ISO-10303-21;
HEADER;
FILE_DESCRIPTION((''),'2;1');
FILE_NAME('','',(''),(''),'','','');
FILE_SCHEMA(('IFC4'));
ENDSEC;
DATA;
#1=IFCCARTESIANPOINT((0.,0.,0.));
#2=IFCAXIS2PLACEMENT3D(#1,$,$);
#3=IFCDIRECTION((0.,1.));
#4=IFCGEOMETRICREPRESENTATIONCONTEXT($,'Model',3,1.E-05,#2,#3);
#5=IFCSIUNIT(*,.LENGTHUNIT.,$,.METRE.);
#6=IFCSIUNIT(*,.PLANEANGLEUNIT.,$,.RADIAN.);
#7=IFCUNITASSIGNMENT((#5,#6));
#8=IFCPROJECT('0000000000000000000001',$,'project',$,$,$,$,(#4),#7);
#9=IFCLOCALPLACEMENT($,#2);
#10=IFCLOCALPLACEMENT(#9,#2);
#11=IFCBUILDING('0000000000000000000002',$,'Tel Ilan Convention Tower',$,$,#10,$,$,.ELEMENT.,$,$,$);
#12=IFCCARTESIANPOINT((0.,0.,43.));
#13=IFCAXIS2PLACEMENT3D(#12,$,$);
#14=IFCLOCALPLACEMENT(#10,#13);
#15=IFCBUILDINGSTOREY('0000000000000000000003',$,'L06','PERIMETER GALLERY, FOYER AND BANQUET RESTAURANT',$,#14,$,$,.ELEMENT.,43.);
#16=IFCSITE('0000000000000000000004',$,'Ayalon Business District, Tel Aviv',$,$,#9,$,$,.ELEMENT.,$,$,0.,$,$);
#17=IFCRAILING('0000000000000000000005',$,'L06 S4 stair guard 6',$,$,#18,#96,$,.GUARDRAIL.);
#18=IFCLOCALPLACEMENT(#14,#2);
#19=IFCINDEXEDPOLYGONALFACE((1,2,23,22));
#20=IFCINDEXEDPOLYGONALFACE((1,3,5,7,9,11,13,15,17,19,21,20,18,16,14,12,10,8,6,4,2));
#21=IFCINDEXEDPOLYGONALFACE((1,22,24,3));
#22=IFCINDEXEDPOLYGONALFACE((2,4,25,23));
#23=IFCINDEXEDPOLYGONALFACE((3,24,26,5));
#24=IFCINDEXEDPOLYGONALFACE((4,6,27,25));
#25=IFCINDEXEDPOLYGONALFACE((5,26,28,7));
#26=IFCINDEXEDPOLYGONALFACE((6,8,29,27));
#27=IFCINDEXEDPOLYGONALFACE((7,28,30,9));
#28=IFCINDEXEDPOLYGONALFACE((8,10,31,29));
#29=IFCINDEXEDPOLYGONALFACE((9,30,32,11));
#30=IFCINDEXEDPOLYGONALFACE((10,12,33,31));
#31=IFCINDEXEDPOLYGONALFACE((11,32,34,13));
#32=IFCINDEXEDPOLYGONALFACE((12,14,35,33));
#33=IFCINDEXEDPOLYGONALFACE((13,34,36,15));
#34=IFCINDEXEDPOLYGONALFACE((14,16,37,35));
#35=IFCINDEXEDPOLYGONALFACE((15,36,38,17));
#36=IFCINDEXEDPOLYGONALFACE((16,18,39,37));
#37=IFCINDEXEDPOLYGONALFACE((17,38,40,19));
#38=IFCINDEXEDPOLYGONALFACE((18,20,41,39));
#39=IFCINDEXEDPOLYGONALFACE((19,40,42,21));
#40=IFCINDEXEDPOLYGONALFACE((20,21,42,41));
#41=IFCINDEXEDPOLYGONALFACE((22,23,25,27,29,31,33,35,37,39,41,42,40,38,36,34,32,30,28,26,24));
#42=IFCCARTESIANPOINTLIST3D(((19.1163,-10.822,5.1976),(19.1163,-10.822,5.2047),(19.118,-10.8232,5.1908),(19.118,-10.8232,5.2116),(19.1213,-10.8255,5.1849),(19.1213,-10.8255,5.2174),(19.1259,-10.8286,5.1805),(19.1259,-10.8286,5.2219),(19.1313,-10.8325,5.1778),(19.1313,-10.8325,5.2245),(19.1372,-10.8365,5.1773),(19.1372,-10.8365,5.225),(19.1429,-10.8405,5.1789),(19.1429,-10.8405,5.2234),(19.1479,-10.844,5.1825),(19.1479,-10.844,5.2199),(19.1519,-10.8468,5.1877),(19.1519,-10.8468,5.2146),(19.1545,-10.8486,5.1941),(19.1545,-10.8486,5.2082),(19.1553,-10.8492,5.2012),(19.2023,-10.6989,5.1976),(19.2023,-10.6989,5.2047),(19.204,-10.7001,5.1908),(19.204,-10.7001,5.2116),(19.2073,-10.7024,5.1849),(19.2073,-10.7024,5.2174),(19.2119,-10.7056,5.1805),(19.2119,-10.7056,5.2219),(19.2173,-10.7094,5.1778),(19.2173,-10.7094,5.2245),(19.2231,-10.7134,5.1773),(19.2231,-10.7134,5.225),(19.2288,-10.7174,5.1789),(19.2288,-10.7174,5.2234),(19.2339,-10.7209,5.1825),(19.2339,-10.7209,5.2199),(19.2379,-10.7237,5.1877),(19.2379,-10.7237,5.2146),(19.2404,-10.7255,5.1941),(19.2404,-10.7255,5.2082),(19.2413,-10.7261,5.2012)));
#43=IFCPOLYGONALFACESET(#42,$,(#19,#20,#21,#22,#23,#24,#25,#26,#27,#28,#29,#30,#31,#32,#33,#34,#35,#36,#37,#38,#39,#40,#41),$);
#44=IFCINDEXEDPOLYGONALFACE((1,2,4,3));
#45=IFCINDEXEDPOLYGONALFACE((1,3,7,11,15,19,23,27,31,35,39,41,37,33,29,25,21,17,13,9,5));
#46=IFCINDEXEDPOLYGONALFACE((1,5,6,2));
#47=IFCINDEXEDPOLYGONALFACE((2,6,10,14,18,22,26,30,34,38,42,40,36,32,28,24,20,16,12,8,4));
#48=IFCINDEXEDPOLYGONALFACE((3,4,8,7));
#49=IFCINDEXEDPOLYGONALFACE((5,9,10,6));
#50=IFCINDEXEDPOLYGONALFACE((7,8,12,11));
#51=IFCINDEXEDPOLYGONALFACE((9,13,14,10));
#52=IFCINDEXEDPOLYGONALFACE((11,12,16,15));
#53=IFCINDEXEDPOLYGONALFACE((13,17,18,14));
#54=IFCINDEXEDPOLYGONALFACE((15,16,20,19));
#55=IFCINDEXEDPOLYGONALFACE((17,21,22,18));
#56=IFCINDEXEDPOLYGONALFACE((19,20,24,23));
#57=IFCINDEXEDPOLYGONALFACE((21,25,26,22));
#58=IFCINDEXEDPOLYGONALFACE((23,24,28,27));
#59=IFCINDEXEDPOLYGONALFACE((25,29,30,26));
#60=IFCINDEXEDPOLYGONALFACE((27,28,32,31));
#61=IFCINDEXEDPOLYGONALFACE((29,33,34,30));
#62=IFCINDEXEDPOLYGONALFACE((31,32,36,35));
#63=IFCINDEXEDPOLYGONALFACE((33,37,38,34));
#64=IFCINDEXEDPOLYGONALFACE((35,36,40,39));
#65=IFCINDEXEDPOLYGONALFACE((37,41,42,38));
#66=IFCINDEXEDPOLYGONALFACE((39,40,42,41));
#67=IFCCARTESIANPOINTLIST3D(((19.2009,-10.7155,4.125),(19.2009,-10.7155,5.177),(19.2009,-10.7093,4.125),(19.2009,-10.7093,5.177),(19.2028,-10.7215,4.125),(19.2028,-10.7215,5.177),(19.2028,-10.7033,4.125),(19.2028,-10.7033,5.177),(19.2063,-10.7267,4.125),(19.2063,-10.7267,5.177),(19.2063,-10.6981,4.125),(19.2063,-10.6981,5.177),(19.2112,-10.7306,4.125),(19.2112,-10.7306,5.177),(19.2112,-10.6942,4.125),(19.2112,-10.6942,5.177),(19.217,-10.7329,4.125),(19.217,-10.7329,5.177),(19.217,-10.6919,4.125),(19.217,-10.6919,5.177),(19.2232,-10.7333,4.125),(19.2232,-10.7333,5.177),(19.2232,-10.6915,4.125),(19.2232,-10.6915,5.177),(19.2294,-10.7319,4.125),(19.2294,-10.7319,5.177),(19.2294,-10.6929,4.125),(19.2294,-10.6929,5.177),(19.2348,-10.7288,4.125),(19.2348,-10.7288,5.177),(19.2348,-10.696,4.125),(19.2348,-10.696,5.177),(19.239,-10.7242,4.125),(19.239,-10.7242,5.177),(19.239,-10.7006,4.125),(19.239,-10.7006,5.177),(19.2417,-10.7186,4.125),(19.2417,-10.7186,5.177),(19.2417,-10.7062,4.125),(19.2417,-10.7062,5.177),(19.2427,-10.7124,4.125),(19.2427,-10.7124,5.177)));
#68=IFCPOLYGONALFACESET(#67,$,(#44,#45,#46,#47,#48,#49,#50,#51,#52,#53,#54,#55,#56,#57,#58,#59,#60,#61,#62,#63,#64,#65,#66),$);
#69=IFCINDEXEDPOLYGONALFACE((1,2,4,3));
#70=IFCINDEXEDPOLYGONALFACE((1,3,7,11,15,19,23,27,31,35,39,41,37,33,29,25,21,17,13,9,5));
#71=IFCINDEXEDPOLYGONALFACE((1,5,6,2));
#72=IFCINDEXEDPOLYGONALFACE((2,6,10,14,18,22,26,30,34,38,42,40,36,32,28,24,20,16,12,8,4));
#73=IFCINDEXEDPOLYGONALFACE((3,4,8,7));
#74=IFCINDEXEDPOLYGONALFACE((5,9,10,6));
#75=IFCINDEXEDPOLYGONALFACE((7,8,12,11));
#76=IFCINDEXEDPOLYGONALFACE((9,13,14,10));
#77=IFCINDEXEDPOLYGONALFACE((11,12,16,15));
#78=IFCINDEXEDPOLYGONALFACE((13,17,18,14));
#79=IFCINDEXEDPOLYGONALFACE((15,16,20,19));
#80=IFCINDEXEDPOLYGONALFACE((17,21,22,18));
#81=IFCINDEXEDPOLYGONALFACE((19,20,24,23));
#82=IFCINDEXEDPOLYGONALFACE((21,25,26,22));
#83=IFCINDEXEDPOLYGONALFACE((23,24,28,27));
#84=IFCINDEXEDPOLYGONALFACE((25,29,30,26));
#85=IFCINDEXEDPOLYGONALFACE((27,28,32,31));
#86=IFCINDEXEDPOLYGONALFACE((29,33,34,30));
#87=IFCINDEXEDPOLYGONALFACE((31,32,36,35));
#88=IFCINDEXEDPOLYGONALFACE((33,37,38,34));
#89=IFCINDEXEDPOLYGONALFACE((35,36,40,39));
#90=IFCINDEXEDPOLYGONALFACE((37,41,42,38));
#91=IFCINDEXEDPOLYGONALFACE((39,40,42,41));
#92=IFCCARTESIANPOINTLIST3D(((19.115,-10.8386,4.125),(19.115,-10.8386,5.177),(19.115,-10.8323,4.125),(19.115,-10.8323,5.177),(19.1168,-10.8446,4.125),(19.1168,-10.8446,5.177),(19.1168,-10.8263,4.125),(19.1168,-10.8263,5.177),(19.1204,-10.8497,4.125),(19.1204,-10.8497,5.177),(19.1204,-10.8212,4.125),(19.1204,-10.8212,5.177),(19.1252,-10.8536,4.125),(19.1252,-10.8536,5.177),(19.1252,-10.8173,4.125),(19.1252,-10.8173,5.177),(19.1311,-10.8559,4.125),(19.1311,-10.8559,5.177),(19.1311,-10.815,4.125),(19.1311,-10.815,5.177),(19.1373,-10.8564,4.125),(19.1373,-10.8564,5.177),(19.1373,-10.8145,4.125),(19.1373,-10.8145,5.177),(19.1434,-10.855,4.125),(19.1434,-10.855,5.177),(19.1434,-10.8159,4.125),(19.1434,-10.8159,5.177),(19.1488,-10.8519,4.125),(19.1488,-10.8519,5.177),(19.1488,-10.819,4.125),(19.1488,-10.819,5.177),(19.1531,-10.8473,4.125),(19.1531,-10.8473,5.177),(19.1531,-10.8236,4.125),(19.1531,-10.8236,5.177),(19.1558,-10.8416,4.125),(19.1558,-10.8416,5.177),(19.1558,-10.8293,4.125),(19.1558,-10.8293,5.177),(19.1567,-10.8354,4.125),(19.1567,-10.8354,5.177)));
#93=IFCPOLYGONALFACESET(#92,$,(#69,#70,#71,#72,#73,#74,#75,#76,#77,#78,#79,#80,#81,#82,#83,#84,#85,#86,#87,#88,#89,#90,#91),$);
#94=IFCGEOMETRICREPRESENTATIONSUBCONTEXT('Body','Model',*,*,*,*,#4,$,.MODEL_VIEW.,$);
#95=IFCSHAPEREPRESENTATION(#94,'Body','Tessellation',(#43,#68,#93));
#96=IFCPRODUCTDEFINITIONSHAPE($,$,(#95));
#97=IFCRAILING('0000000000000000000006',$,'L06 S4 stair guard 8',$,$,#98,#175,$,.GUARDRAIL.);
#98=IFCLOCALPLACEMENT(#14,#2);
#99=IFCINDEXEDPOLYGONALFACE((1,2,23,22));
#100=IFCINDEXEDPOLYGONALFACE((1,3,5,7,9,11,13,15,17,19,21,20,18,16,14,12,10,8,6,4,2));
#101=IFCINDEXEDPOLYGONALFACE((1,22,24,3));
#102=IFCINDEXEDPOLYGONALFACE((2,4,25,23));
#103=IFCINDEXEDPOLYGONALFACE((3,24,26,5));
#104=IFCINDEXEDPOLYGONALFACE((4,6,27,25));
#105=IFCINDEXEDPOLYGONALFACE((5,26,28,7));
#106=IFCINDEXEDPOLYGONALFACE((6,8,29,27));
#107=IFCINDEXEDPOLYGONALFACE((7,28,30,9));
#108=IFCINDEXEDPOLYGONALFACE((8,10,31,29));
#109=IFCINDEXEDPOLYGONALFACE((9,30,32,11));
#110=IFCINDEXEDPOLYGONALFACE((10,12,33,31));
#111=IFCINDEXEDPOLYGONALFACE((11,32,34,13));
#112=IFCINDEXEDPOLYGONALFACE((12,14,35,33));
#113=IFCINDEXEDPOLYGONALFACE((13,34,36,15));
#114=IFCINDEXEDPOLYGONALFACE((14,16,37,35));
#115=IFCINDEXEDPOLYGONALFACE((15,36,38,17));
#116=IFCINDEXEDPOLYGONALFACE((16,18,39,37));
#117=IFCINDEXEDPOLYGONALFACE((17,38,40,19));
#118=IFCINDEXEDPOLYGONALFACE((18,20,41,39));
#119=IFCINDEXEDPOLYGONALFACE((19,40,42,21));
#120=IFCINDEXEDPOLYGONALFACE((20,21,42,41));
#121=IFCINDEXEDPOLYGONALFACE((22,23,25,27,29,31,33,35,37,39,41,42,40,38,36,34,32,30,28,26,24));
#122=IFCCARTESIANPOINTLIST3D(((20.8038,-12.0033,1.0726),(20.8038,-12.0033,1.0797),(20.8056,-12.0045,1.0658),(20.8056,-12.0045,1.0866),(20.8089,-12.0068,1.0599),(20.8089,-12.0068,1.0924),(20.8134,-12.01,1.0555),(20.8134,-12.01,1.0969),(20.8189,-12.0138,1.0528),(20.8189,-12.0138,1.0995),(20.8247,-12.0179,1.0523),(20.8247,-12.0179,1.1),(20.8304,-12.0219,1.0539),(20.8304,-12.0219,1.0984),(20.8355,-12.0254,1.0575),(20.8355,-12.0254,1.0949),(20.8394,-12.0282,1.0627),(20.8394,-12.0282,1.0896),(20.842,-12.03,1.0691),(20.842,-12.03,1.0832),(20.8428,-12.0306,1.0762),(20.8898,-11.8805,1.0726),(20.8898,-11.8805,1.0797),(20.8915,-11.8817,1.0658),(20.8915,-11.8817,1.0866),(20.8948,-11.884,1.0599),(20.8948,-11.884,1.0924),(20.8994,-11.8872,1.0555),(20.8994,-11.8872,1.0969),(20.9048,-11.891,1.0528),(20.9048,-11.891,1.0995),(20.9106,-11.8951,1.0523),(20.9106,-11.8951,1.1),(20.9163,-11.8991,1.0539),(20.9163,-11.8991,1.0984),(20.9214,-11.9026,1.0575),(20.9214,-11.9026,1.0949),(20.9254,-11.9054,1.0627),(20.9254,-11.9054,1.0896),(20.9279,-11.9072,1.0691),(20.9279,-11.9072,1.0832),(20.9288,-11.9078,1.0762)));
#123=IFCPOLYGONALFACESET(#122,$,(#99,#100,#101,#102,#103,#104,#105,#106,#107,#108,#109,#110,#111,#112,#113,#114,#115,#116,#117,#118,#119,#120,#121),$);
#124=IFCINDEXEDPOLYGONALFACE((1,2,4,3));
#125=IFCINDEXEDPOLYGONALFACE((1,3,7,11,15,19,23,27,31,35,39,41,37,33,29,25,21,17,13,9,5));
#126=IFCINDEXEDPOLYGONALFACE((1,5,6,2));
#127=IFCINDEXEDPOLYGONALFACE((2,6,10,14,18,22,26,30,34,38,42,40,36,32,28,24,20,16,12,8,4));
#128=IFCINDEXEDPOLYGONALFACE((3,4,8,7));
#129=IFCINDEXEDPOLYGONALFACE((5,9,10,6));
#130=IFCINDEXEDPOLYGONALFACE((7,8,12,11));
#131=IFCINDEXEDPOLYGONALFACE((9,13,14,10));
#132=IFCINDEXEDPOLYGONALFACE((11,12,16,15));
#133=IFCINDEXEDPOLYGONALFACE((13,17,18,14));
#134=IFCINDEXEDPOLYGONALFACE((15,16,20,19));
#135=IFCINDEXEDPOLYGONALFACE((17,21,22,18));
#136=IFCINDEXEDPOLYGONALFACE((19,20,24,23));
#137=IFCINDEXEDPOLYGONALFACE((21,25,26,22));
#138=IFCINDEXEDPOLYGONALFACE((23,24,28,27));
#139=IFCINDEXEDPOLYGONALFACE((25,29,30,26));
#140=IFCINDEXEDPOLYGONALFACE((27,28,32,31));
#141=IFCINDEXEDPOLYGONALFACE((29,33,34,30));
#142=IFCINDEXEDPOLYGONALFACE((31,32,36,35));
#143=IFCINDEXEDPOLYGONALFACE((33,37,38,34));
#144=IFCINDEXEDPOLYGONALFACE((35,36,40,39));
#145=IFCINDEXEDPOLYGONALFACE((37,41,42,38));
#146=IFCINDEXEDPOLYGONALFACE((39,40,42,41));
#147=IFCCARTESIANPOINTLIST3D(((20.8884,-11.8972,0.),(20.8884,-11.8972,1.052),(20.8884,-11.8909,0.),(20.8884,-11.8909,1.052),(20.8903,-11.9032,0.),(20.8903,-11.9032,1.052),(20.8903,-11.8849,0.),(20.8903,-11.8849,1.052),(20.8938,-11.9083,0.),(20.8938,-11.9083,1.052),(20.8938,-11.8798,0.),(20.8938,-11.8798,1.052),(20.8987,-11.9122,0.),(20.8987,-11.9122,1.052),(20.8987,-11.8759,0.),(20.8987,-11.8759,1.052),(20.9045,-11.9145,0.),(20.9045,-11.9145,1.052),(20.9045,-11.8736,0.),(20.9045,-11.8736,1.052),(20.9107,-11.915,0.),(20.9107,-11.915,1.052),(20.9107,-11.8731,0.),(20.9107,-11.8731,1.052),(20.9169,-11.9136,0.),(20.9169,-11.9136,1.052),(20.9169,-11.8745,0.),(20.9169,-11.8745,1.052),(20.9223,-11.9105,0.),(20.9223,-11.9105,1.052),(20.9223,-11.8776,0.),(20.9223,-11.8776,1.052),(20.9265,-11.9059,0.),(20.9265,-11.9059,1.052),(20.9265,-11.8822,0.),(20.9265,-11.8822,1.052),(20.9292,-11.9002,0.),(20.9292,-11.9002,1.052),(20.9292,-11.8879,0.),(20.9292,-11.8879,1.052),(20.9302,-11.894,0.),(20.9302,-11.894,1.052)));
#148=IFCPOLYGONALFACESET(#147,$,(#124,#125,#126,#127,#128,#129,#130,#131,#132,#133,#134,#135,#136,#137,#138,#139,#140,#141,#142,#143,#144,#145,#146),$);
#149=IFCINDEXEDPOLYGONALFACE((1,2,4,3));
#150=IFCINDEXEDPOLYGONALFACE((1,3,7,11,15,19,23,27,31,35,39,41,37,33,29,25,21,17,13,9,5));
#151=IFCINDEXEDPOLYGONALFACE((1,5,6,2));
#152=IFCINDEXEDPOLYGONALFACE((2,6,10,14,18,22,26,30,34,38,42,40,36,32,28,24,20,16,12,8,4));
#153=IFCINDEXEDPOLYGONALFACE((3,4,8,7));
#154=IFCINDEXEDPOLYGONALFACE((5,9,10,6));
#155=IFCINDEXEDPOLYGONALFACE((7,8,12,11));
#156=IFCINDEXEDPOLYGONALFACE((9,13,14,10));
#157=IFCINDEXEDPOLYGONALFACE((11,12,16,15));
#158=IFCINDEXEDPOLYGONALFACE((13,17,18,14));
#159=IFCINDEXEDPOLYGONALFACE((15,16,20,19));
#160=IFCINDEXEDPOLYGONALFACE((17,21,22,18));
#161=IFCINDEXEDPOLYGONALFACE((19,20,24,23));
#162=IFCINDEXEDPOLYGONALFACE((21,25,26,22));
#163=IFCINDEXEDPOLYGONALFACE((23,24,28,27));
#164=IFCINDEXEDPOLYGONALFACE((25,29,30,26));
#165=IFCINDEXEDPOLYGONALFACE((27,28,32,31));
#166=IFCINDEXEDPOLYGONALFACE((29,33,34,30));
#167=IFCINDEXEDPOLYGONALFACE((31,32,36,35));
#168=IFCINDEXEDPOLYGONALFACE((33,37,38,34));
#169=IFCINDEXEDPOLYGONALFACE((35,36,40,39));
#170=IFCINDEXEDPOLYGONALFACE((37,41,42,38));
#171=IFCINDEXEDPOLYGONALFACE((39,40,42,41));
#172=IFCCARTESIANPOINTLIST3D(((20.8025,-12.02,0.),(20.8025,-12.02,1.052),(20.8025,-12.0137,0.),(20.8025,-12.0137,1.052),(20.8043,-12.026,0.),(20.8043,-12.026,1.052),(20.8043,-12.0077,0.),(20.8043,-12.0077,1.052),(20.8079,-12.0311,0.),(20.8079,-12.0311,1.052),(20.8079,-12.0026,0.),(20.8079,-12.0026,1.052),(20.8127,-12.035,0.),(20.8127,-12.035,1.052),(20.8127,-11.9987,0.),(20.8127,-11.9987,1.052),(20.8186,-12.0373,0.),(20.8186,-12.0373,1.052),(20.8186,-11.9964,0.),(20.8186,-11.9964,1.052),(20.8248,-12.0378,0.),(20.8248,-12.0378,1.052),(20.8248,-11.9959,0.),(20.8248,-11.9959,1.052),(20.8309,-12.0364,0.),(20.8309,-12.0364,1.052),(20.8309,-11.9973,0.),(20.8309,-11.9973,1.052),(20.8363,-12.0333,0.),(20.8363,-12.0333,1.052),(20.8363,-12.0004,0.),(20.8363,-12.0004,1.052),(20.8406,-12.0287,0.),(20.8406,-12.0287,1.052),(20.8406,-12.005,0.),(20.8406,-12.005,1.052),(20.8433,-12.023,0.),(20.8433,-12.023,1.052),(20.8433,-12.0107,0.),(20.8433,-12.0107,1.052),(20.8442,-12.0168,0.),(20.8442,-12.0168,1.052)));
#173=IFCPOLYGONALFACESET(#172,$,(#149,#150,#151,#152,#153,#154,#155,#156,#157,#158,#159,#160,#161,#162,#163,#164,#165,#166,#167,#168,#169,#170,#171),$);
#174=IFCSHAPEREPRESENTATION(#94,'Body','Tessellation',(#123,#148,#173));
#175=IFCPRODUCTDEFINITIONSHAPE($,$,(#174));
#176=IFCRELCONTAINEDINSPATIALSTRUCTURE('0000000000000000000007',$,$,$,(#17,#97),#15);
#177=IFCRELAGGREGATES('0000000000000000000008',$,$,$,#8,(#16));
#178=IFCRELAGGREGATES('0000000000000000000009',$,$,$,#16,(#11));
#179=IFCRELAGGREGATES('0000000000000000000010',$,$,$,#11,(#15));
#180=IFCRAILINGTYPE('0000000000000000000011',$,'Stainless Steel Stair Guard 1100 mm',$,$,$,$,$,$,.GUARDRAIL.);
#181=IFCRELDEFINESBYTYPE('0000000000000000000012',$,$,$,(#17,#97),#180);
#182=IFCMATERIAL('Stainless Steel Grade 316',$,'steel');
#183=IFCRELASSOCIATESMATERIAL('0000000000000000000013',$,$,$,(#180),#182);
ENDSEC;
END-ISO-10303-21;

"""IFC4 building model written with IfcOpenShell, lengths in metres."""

from ifc_helpers import new_model, si_unit, direction, frame, origin, origin_2d, place, context, subcontext, project, spatial, circle, extrude, material, type_object, element, save


model = new_model("IFC4")

# Units and contexts
model_context = context("Model", 3, precision=1e-05, world=origin(), true_north=direction((0.0, 1.0)))
body_context = subcontext(model_context, "Body", "Model", "MODEL_VIEW")
ifc_project = project(units=[si_unit("LENGTHUNIT", "METRE"), si_unit("PLANEANGLEUNIT", "RADIAN")], contexts=[model_context])

# Site, building, storey
site_placement = place(None, origin())
site = spatial("IfcSite", under=ifc_project, at=site_placement, Name="Ayalon Business District, Tel Aviv", CompositionType="ELEMENT", RefElevation=0.0)
building_placement = place(site_placement, origin())
building = spatial("IfcBuilding", under=site, at=building_placement, Name="Tel Ilan Convention Tower", CompositionType="ELEMENT")
storey_placement = place(building_placement, frame((0.0, 0.0, 43.0)))
storey = spatial("IfcBuildingStorey", under=building, at=storey_placement, Name="L06", Description="PERIMETER GALLERY, FOYER AND BANQUET RESTAURANT", CompositionType="ELEMENT", Elevation=43.0)

# Railings
ifc_material_1 = material(Name="Stainless Steel Grade 316", Category="steel")
railing_type_1 = type_object("IfcRailingType", Name="Stainless Steel Stair Guard 1100 mm", PredefinedType="GUARDRAIL", material=ifc_material_1)
railing_1_placement = place(storey_placement, frame((19.2217, -10.7124, 4.125)))
element("IfcRailing", 1, at=railing_1_placement, inside=storey, type_object=railing_type_1, Name="L06 S4 stair guard 6", PredefinedType="GUARDRAIL", context=body_context, shape_type="SweptSolid", body=[
    extrude(circle(Radius=0.0239, at=origin_2d()), frame((0.0, 0.0, 1.0762), z_axis=(-0.572589, -0.819843, 0.0), x_axis=(0.819843, -0.572589, 0.0)), (0.0, 0.0, 1.0), 0.1501),
    extrude(circle(Radius=0.021, at=origin_2d()), origin(), (0.0, 0.0, 1.0), 1.052),
    extrude(circle(Radius=0.021, at=origin_2d()), frame((-0.0859, -0.123, 0.0)), (0.0, 0.0, 1.0), 1.052),
])
railing_2_placement = place(storey_placement, frame((20.9092, -11.894, 0.0)))
element("IfcRailing", 2, at=railing_2_placement, inside=storey, type_object=railing_type_1, Name="L06 S4 stair guard 8", PredefinedType="GUARDRAIL", context=body_context, shape_type="SweptSolid", body=[
    extrude(circle(Radius=0.0239, at=origin_2d()), frame((0.0, 0.0, 1.0762), z_axis=(-0.573353, -0.819308, 0.0), x_axis=(0.819308, -0.573353, 0.0)), (0.0, 0.0, 1.0), 0.1499),
    extrude(circle(Radius=0.021, at=origin_2d()), origin(), (0.0, 0.0, 1.0), 1.052),
    extrude(circle(Radius=0.021, at=origin_2d()), frame((-0.0859, -0.1228, 0.0)), (0.0, 0.0, 1.0), 1.052),
])

save(model, "model.ifc")
